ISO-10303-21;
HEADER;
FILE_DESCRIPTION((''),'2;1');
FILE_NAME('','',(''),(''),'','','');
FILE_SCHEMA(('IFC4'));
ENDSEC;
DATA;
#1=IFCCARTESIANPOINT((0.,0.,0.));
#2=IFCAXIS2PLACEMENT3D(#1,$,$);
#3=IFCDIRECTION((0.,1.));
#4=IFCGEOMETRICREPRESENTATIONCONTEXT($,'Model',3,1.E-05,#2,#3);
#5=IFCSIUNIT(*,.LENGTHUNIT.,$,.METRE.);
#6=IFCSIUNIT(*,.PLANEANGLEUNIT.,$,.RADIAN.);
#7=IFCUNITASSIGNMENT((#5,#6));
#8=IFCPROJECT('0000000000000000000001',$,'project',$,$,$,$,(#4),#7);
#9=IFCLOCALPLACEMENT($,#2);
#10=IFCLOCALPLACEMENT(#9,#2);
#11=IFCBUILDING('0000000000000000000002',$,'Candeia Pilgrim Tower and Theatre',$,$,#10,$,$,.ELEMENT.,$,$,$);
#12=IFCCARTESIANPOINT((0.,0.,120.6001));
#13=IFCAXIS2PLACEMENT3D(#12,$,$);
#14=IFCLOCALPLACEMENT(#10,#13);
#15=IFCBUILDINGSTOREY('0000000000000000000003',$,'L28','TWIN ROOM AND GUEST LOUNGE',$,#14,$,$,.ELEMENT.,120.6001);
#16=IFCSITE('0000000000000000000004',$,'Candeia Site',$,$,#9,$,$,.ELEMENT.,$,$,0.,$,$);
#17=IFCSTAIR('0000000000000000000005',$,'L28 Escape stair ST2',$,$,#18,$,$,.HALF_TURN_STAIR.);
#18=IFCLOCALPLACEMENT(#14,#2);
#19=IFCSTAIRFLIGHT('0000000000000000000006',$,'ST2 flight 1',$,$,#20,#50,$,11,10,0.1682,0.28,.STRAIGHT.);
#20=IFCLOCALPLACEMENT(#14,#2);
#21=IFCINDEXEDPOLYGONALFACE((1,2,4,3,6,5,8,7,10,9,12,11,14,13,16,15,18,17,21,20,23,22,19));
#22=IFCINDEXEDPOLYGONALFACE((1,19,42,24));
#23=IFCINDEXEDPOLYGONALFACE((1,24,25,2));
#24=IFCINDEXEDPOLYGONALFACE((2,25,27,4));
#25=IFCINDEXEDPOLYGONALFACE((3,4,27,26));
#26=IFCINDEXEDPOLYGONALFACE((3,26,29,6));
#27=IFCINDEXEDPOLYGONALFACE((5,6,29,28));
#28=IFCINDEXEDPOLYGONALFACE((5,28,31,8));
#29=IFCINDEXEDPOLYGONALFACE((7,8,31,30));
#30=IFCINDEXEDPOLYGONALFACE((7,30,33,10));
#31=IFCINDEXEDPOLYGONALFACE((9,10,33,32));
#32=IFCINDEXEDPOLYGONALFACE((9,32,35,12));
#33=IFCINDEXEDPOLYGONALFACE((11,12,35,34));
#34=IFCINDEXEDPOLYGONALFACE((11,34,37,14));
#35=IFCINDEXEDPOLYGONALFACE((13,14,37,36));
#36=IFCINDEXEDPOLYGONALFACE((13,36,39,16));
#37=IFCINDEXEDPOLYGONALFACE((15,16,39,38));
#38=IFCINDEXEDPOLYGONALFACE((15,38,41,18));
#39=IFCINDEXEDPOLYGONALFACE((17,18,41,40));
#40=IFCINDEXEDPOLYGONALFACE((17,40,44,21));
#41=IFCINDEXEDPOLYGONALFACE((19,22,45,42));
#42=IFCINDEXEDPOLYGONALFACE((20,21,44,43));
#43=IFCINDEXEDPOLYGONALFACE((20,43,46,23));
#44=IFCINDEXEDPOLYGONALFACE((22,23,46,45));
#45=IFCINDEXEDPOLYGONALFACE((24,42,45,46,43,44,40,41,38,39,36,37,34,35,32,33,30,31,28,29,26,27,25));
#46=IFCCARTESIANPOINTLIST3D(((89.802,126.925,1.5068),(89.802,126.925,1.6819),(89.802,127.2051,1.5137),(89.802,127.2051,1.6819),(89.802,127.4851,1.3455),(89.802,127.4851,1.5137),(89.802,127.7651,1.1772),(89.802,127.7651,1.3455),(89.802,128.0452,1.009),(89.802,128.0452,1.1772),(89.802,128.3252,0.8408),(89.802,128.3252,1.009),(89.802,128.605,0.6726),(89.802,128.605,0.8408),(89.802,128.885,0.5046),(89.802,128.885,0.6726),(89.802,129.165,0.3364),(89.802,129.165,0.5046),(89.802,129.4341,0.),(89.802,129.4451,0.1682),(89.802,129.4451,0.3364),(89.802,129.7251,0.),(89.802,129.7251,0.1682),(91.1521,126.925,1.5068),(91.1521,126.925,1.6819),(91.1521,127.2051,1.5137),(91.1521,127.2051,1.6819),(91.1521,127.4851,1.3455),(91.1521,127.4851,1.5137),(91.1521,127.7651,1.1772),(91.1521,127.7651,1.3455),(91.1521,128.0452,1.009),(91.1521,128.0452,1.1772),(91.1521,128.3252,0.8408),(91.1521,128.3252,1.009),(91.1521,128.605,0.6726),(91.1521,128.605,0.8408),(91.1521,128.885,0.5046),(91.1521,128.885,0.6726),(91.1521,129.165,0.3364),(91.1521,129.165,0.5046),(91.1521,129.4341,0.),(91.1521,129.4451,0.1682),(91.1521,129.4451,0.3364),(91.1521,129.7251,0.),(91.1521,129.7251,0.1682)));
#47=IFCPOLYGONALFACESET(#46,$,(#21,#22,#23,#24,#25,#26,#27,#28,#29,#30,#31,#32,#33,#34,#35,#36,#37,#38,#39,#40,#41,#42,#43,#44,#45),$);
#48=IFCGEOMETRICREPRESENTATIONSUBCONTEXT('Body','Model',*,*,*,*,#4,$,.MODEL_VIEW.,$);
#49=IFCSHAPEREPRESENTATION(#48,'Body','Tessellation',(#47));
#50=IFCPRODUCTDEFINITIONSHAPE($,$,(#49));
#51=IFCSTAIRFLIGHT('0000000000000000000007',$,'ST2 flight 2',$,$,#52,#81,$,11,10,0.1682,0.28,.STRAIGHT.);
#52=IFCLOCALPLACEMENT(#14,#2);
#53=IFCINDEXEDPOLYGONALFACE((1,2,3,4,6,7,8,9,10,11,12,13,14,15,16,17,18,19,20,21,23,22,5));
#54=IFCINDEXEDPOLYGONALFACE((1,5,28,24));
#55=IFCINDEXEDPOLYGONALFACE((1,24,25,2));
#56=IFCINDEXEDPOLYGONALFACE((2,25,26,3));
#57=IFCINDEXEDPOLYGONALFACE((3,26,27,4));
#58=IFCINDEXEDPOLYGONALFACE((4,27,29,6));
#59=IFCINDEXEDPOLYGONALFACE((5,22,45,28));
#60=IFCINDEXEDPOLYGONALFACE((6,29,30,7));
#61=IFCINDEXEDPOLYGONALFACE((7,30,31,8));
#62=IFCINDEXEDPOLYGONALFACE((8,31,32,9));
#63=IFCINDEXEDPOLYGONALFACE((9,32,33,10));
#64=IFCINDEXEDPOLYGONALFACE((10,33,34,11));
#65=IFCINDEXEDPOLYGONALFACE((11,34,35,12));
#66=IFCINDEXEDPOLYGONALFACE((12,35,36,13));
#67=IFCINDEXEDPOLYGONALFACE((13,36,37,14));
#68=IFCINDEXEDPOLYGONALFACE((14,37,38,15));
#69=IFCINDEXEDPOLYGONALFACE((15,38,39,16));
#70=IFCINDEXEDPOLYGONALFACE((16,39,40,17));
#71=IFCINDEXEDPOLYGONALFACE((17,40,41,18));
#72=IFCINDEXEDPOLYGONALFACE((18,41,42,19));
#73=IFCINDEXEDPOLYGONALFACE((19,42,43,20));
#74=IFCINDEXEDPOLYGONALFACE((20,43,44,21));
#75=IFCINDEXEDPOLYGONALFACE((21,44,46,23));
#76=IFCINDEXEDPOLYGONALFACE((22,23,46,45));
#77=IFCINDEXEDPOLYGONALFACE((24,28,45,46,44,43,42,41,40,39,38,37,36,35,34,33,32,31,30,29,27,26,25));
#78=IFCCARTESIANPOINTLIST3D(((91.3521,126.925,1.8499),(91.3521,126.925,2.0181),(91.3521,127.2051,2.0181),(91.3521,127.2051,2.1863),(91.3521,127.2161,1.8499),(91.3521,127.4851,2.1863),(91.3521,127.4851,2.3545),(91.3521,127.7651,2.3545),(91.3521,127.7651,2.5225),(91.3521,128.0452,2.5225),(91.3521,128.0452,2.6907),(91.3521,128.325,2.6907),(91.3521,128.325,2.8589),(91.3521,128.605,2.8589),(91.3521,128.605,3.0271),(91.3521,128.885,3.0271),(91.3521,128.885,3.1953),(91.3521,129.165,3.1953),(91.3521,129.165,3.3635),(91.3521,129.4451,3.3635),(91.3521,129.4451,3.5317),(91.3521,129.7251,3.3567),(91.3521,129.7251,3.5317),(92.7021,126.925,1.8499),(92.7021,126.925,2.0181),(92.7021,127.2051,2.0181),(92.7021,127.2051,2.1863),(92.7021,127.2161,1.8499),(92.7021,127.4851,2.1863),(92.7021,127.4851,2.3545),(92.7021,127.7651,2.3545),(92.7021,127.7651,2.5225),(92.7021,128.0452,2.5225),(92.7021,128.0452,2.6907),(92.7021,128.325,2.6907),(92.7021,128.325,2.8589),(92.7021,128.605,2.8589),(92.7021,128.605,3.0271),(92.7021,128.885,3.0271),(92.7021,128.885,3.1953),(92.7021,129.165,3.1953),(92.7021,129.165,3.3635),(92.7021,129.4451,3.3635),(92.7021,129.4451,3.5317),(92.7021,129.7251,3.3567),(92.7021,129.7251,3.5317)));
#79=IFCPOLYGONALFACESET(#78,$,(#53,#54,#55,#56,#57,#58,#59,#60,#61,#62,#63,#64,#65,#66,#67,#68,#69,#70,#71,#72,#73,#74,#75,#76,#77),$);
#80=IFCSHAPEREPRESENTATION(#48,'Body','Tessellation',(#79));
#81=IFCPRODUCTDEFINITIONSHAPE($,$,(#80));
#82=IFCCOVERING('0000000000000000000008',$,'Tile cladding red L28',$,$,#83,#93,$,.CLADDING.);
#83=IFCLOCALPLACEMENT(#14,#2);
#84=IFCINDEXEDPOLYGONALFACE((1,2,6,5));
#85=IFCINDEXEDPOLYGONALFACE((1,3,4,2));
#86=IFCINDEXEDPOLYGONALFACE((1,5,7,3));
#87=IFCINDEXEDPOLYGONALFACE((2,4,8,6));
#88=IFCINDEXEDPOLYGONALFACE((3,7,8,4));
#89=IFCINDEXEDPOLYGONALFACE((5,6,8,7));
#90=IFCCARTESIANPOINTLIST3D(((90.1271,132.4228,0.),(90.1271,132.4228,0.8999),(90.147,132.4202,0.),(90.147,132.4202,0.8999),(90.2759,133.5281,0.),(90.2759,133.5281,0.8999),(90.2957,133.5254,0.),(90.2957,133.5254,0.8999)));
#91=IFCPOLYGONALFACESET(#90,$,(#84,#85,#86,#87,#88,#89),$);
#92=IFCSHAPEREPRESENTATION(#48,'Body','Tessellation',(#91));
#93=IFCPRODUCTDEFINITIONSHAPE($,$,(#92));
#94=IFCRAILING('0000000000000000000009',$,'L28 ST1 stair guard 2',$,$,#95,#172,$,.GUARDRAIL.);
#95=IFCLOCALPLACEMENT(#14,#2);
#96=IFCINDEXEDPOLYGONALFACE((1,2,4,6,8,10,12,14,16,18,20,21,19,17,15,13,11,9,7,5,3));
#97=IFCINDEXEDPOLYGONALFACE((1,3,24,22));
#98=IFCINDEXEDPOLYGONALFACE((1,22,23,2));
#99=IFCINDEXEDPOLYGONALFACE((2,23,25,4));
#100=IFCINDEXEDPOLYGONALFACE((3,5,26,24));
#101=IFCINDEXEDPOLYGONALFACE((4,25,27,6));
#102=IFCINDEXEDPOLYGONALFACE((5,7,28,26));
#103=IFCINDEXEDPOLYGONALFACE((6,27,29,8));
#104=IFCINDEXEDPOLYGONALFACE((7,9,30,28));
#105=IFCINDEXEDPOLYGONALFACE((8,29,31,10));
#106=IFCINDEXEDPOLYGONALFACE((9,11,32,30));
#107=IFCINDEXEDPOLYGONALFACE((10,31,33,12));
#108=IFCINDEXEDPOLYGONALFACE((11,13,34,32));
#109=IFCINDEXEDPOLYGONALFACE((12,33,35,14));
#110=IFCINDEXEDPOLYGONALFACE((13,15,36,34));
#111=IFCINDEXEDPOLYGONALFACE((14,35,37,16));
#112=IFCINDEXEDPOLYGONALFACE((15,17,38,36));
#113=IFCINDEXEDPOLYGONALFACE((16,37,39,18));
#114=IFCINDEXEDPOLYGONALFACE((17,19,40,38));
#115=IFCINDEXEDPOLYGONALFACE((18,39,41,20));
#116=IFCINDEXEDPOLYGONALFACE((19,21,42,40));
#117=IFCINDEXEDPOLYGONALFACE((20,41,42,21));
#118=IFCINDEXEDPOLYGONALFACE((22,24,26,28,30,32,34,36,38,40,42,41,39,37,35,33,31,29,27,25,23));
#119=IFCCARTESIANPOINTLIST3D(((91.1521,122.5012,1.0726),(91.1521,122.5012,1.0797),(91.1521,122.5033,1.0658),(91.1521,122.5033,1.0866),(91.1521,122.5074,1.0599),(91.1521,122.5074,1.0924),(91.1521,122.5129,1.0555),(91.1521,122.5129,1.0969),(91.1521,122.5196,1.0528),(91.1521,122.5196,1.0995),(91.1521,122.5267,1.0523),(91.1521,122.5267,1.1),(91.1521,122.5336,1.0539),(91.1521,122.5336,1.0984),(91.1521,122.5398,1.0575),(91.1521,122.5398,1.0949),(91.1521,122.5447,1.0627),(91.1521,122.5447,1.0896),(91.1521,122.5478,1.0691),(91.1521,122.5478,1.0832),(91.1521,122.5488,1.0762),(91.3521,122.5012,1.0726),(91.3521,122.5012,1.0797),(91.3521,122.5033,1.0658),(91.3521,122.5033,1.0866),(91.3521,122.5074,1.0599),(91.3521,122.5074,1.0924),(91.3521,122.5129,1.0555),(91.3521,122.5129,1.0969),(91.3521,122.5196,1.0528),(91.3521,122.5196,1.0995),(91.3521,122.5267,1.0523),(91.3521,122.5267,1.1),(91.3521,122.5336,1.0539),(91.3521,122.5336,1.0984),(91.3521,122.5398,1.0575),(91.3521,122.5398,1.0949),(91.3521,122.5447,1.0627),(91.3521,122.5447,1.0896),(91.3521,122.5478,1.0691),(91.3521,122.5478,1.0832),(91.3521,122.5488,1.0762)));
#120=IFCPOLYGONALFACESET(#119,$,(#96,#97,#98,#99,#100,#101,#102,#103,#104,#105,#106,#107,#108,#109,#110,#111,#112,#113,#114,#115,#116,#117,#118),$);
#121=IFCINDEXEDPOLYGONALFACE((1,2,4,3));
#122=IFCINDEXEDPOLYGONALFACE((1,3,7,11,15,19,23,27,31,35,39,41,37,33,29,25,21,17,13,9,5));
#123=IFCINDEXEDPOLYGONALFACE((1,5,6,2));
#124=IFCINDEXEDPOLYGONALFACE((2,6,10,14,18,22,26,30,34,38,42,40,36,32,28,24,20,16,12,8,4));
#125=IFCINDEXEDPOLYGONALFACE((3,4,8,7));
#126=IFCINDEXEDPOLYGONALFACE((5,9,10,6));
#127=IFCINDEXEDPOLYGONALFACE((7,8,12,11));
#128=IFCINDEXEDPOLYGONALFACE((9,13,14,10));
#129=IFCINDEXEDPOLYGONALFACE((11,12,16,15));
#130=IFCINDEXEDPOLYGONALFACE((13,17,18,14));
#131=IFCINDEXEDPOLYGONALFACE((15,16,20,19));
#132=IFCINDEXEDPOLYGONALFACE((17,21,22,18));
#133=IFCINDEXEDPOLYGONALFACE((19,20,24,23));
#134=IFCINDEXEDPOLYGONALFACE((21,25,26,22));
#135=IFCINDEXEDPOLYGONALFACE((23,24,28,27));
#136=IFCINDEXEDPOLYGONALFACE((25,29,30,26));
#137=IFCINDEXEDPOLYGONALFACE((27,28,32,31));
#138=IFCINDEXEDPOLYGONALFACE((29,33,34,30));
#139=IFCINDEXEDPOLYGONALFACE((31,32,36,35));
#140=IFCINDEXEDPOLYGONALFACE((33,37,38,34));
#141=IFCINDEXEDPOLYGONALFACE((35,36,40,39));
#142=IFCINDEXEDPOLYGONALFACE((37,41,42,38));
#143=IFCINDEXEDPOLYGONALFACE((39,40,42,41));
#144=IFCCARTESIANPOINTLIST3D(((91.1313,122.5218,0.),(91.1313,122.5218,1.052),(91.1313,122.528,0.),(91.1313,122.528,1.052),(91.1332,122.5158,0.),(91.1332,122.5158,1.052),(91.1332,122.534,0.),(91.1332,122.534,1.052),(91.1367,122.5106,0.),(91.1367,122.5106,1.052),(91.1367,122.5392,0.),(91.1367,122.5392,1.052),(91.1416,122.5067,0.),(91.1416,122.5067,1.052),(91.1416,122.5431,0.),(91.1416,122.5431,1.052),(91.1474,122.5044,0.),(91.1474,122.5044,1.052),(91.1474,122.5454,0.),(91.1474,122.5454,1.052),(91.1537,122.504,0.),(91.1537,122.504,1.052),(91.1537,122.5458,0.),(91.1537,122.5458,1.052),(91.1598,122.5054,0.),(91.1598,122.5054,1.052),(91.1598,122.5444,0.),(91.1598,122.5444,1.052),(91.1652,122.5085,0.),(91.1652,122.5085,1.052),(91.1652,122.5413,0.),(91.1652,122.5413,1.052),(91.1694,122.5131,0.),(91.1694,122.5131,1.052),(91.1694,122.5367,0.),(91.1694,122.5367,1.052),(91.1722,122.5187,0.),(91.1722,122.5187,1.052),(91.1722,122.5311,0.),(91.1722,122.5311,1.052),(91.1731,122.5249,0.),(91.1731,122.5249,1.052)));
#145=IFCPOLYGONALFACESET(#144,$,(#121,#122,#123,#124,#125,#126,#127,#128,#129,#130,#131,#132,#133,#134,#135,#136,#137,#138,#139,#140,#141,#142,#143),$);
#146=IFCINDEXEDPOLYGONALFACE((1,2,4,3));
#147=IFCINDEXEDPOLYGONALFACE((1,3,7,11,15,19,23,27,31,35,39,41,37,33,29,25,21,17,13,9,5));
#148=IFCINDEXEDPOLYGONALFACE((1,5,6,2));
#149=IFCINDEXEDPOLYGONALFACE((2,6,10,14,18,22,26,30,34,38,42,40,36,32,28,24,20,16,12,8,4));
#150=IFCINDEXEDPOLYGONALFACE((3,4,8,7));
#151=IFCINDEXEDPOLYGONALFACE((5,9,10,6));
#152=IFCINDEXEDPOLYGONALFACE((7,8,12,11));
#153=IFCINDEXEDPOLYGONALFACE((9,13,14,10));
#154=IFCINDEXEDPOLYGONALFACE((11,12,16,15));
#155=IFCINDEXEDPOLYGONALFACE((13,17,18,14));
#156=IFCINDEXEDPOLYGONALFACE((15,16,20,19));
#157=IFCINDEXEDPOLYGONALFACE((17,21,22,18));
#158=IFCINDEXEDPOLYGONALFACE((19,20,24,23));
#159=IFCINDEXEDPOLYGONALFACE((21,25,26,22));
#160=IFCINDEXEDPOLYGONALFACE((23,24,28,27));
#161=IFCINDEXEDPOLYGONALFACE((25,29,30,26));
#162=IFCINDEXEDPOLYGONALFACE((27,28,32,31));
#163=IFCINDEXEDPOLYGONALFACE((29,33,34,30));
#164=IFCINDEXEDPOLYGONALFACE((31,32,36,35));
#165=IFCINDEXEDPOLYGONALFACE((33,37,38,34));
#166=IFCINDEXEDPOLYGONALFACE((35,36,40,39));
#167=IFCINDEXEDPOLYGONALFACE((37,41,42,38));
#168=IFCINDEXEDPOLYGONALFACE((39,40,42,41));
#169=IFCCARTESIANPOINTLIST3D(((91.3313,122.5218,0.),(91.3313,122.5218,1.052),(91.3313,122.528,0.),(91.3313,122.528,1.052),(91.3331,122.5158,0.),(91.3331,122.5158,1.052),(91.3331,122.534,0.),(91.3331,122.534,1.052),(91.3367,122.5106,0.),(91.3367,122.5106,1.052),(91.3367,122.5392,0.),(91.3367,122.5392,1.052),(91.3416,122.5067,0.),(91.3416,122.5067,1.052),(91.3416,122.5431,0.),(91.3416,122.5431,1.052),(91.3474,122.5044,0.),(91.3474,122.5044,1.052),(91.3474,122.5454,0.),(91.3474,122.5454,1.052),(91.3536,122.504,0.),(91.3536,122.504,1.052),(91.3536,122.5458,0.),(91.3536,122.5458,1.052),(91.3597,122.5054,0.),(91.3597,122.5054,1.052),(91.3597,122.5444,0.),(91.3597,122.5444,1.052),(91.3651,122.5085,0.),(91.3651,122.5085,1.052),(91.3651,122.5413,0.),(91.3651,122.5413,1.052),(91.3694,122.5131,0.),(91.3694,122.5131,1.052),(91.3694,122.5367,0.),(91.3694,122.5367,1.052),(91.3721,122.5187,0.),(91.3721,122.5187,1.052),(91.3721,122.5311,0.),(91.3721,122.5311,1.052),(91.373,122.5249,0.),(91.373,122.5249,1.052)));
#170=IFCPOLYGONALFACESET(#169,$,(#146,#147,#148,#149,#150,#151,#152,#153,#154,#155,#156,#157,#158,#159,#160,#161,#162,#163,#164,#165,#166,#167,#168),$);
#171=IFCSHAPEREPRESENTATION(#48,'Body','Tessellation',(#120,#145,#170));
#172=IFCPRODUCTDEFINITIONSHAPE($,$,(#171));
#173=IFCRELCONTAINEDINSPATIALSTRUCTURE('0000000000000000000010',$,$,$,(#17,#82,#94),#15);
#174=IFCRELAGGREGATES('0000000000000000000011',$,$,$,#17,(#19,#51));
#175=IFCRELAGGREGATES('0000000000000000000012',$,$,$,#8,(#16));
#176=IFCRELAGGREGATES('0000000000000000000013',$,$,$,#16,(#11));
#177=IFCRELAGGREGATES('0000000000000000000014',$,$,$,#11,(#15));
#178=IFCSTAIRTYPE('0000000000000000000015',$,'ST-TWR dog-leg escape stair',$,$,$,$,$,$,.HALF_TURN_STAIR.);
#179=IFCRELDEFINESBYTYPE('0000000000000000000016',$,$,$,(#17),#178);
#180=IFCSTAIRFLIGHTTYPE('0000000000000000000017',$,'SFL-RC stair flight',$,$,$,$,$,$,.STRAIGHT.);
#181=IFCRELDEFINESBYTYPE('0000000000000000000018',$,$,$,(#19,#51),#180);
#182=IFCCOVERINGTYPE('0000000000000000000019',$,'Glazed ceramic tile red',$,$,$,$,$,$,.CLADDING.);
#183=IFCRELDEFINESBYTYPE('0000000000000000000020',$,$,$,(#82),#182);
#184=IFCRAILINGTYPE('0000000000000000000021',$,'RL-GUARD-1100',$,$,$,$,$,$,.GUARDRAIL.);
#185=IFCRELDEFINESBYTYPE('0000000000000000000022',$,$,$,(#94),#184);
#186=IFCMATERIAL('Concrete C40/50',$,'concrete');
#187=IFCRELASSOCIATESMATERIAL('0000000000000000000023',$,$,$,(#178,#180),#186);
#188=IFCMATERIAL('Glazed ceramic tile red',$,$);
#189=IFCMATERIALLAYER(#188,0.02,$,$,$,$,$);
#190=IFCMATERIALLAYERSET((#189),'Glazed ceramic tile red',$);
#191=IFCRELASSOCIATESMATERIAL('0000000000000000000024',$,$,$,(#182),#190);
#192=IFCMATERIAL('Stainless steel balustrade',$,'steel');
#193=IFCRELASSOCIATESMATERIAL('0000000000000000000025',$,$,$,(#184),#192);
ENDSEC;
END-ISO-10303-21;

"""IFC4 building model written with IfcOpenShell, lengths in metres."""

from ifc_helpers import new_model, si_unit, direction, frame, origin, origin_2d, place, context, subcontext, project, spatial, polyline, rectangle, circle, outline, extrude, material, layer, layer_set, type_object, element, aggregate, save


model = new_model("IFC4")

# Units and contexts
model_context = context("Model", 3, precision=1e-05, world=origin(), true_north=direction((0.0, 1.0)))
body_context = subcontext(model_context, "Body", "Model", "MODEL_VIEW")
ifc_project = project(units=[si_unit("LENGTHUNIT", "METRE"), si_unit("PLANEANGLEUNIT", "RADIAN")], contexts=[model_context])

# Site, building, storey
site_placement = place(None, origin())
site = spatial("IfcSite", under=ifc_project, at=site_placement, Name="Candeia Site", CompositionType="ELEMENT", RefElevation=0.0)
building_placement = place(site_placement, origin())
building = spatial("IfcBuilding", under=site, at=building_placement, Name="Candeia Pilgrim Tower and Theatre", CompositionType="ELEMENT")
storey_placement = place(building_placement, frame((0.0, 0.0, 120.6001)))
storey = spatial("IfcBuildingStorey", under=building, at=storey_placement, Name="L28", Description="TWIN ROOM AND GUEST LOUNGE", CompositionType="ELEMENT", Elevation=120.6001)

# Shared definitions
ifc_material_1 = material(Name="Concrete C40/50", Category="concrete")

# Stair, stair flights
stair_type = type_object("IfcStairType", Name="ST-TWR dog-leg escape stair", PredefinedType="HALF_TURN_STAIR", material=ifc_material_1)
stair_flight_type = type_object("IfcStairFlightType", Name="SFL-RC stair flight", PredefinedType="STRAIGHT", material=ifc_material_1)
stair_1_placement = place(storey_placement, origin())
stair_1 = element("IfcStair", 1, at=stair_1_placement, inside=storey, type_object=stair_type, Name="L28 Escape stair ST2", PredefinedType="HALF_TURN_STAIR")
stair_flight_1_placement = place(storey_placement, frame((90.4771, 129.7251, 0.0), z_axis=(0.0, 0.0, 1.0), x_axis=(0.0, -1.0, 0.0)))
stair_flight_1 = element("IfcStairFlight", 2, at=stair_flight_1_placement, type_object=stair_flight_type, Name="ST2 flight 1", NumberOfRisers=11, NumberOfTreads=10, PredefinedType="STRAIGHT", RiserHeight=0.1682, TreadLength=0.28, context=body_context, shape_type="SweptSolid", body=[
    extrude(outline(polyline([(0.0, 0.0), (0.0, 0.1682), (0.28, 0.1682), (0.28, 0.3364), (0.5601, 0.3364), (0.5601, 0.5046), (0.8401, 0.5046), (0.8401, 0.6726), (1.1201, 0.6726), (1.1201, 0.8408), (1.3999, 0.8408), (1.3999, 1.009), (1.6799, 1.009), (1.6799, 1.1772), (1.96, 1.1772), (1.96, 1.3455), (2.24, 1.3455), (2.24, 1.5137), (2.52, 1.5137), (2.52, 1.6819), (2.8, 1.6819), (2.8, 1.8501), (2.8, 1.5068), (0.291, 0.0), (0.0, 0.0)])), frame((0.0, 0.675, 0.0), z_axis=(0.0, -1.0, 0.0), x_axis=(1.0, 0.0, 0.0)), (0.0, 0.0, 1.0), 1.3501),
])
stair_flight_2_placement = place(storey_placement, frame((92.0271, 126.925, 1.8499), z_axis=(0.0, 0.0, 1.0), x_axis=(0.0, 1.0, 0.0)))
stair_flight_2 = element("IfcStairFlight", 3, at=stair_flight_2_placement, type_object=stair_flight_type, Name="ST2 flight 2", NumberOfRisers=11, NumberOfTreads=10, PredefinedType="STRAIGHT", RiserHeight=0.1682, TreadLength=0.28, context=body_context, shape_type="SweptSolid", body=[
    extrude(outline(polyline([(0.0, 0.0), (0.0, 0.1682), (0.28, 0.1682), (0.28, 0.3364), (0.5601, 0.3364), (0.5601, 0.5046), (0.8401, 0.5046), (0.8401, 0.6726), (1.1201, 0.6726), (1.1201, 0.8408), (1.3999, 0.8408), (1.3999, 1.009), (1.6799, 1.009), (1.6799, 1.1772), (1.96, 1.1772), (1.96, 1.3455), (2.24, 1.3455), (2.24, 1.5137), (2.52, 1.5137), (2.52, 1.6819), (2.8, 1.6819), (2.8, 1.8501), (2.8, 1.5068), (0.291, 0.0), (0.0, 0.0)])), frame((0.0, 0.675, 0.0), z_axis=(0.0, -1.0, 0.0), x_axis=(1.0, 0.0, 0.0)), (0.0, 0.0, 1.0), 1.3501),
])
aggregate(stair_1, [stair_flight_1, stair_flight_2])

# Shared definitions
ifc_material_2 = material(Name="Stainless steel balustrade", Category="steel")

# Covering
ifc_material_3 = material(Name="Glazed ceramic tile red")
ifc_layer_1 = layer(ifc_material_3, 0.02)
ifc_layer_set_1 = layer_set([ifc_layer_1], Name="Glazed ceramic tile red")
covering_type = type_object("IfcCoveringType", Name="Glazed ceramic tile red", PredefinedType="CLADDING", material=ifc_layer_set_1)
covering_placement = place(storey_placement, frame((90.2114, 132.9741, 0.0), z_axis=(0.0, 0.0, 1.0), x_axis=(-0.133412, -0.991061, 0.0)))
element("IfcCovering", 4, at=covering_placement, inside=storey, type_object=covering_type, Name="Tile cladding red L28", PredefinedType="CLADDING", context=body_context, shape_type="SweptSolid", body=[
    extrude(rectangle(XDim=1.1152, YDim=0.02, at=origin_2d()), origin(), (0.0, 0.0, 1.0), 0.8999),
])

# Railing
railing_type_1 = type_object("IfcRailingType", Name="RL-GUARD-1100", PredefinedType="GUARDRAIL", material=ifc_material_2)
railing_1_placement = place(storey_placement, frame((91.1521, 122.5249, 0.0)))
element("IfcRailing", 5, at=railing_1_placement, inside=storey, type_object=railing_type_1, Name="L28 ST1 stair guard 2", PredefinedType="GUARDRAIL", context=body_context, shape_type="SweptSolid", body=[
    extrude(circle(Radius=0.0239, at=origin_2d()), frame((0.0, 0.0, 1.0762), z_axis=(1.0, 0.0, 0.0), x_axis=(0.0, 1.0, 0.0)), (0.0, 0.0, 1.0), 0.2),
    extrude(circle(Radius=0.021, at=origin_2d()), origin(), (0.0, 0.0, 1.0), 1.052),
    extrude(circle(Radius=0.021, at=origin_2d()), frame((0.2, 0.0, 0.0)), (0.0, 0.0, 1.0), 1.052),
])

save(model, "model.ifc")
